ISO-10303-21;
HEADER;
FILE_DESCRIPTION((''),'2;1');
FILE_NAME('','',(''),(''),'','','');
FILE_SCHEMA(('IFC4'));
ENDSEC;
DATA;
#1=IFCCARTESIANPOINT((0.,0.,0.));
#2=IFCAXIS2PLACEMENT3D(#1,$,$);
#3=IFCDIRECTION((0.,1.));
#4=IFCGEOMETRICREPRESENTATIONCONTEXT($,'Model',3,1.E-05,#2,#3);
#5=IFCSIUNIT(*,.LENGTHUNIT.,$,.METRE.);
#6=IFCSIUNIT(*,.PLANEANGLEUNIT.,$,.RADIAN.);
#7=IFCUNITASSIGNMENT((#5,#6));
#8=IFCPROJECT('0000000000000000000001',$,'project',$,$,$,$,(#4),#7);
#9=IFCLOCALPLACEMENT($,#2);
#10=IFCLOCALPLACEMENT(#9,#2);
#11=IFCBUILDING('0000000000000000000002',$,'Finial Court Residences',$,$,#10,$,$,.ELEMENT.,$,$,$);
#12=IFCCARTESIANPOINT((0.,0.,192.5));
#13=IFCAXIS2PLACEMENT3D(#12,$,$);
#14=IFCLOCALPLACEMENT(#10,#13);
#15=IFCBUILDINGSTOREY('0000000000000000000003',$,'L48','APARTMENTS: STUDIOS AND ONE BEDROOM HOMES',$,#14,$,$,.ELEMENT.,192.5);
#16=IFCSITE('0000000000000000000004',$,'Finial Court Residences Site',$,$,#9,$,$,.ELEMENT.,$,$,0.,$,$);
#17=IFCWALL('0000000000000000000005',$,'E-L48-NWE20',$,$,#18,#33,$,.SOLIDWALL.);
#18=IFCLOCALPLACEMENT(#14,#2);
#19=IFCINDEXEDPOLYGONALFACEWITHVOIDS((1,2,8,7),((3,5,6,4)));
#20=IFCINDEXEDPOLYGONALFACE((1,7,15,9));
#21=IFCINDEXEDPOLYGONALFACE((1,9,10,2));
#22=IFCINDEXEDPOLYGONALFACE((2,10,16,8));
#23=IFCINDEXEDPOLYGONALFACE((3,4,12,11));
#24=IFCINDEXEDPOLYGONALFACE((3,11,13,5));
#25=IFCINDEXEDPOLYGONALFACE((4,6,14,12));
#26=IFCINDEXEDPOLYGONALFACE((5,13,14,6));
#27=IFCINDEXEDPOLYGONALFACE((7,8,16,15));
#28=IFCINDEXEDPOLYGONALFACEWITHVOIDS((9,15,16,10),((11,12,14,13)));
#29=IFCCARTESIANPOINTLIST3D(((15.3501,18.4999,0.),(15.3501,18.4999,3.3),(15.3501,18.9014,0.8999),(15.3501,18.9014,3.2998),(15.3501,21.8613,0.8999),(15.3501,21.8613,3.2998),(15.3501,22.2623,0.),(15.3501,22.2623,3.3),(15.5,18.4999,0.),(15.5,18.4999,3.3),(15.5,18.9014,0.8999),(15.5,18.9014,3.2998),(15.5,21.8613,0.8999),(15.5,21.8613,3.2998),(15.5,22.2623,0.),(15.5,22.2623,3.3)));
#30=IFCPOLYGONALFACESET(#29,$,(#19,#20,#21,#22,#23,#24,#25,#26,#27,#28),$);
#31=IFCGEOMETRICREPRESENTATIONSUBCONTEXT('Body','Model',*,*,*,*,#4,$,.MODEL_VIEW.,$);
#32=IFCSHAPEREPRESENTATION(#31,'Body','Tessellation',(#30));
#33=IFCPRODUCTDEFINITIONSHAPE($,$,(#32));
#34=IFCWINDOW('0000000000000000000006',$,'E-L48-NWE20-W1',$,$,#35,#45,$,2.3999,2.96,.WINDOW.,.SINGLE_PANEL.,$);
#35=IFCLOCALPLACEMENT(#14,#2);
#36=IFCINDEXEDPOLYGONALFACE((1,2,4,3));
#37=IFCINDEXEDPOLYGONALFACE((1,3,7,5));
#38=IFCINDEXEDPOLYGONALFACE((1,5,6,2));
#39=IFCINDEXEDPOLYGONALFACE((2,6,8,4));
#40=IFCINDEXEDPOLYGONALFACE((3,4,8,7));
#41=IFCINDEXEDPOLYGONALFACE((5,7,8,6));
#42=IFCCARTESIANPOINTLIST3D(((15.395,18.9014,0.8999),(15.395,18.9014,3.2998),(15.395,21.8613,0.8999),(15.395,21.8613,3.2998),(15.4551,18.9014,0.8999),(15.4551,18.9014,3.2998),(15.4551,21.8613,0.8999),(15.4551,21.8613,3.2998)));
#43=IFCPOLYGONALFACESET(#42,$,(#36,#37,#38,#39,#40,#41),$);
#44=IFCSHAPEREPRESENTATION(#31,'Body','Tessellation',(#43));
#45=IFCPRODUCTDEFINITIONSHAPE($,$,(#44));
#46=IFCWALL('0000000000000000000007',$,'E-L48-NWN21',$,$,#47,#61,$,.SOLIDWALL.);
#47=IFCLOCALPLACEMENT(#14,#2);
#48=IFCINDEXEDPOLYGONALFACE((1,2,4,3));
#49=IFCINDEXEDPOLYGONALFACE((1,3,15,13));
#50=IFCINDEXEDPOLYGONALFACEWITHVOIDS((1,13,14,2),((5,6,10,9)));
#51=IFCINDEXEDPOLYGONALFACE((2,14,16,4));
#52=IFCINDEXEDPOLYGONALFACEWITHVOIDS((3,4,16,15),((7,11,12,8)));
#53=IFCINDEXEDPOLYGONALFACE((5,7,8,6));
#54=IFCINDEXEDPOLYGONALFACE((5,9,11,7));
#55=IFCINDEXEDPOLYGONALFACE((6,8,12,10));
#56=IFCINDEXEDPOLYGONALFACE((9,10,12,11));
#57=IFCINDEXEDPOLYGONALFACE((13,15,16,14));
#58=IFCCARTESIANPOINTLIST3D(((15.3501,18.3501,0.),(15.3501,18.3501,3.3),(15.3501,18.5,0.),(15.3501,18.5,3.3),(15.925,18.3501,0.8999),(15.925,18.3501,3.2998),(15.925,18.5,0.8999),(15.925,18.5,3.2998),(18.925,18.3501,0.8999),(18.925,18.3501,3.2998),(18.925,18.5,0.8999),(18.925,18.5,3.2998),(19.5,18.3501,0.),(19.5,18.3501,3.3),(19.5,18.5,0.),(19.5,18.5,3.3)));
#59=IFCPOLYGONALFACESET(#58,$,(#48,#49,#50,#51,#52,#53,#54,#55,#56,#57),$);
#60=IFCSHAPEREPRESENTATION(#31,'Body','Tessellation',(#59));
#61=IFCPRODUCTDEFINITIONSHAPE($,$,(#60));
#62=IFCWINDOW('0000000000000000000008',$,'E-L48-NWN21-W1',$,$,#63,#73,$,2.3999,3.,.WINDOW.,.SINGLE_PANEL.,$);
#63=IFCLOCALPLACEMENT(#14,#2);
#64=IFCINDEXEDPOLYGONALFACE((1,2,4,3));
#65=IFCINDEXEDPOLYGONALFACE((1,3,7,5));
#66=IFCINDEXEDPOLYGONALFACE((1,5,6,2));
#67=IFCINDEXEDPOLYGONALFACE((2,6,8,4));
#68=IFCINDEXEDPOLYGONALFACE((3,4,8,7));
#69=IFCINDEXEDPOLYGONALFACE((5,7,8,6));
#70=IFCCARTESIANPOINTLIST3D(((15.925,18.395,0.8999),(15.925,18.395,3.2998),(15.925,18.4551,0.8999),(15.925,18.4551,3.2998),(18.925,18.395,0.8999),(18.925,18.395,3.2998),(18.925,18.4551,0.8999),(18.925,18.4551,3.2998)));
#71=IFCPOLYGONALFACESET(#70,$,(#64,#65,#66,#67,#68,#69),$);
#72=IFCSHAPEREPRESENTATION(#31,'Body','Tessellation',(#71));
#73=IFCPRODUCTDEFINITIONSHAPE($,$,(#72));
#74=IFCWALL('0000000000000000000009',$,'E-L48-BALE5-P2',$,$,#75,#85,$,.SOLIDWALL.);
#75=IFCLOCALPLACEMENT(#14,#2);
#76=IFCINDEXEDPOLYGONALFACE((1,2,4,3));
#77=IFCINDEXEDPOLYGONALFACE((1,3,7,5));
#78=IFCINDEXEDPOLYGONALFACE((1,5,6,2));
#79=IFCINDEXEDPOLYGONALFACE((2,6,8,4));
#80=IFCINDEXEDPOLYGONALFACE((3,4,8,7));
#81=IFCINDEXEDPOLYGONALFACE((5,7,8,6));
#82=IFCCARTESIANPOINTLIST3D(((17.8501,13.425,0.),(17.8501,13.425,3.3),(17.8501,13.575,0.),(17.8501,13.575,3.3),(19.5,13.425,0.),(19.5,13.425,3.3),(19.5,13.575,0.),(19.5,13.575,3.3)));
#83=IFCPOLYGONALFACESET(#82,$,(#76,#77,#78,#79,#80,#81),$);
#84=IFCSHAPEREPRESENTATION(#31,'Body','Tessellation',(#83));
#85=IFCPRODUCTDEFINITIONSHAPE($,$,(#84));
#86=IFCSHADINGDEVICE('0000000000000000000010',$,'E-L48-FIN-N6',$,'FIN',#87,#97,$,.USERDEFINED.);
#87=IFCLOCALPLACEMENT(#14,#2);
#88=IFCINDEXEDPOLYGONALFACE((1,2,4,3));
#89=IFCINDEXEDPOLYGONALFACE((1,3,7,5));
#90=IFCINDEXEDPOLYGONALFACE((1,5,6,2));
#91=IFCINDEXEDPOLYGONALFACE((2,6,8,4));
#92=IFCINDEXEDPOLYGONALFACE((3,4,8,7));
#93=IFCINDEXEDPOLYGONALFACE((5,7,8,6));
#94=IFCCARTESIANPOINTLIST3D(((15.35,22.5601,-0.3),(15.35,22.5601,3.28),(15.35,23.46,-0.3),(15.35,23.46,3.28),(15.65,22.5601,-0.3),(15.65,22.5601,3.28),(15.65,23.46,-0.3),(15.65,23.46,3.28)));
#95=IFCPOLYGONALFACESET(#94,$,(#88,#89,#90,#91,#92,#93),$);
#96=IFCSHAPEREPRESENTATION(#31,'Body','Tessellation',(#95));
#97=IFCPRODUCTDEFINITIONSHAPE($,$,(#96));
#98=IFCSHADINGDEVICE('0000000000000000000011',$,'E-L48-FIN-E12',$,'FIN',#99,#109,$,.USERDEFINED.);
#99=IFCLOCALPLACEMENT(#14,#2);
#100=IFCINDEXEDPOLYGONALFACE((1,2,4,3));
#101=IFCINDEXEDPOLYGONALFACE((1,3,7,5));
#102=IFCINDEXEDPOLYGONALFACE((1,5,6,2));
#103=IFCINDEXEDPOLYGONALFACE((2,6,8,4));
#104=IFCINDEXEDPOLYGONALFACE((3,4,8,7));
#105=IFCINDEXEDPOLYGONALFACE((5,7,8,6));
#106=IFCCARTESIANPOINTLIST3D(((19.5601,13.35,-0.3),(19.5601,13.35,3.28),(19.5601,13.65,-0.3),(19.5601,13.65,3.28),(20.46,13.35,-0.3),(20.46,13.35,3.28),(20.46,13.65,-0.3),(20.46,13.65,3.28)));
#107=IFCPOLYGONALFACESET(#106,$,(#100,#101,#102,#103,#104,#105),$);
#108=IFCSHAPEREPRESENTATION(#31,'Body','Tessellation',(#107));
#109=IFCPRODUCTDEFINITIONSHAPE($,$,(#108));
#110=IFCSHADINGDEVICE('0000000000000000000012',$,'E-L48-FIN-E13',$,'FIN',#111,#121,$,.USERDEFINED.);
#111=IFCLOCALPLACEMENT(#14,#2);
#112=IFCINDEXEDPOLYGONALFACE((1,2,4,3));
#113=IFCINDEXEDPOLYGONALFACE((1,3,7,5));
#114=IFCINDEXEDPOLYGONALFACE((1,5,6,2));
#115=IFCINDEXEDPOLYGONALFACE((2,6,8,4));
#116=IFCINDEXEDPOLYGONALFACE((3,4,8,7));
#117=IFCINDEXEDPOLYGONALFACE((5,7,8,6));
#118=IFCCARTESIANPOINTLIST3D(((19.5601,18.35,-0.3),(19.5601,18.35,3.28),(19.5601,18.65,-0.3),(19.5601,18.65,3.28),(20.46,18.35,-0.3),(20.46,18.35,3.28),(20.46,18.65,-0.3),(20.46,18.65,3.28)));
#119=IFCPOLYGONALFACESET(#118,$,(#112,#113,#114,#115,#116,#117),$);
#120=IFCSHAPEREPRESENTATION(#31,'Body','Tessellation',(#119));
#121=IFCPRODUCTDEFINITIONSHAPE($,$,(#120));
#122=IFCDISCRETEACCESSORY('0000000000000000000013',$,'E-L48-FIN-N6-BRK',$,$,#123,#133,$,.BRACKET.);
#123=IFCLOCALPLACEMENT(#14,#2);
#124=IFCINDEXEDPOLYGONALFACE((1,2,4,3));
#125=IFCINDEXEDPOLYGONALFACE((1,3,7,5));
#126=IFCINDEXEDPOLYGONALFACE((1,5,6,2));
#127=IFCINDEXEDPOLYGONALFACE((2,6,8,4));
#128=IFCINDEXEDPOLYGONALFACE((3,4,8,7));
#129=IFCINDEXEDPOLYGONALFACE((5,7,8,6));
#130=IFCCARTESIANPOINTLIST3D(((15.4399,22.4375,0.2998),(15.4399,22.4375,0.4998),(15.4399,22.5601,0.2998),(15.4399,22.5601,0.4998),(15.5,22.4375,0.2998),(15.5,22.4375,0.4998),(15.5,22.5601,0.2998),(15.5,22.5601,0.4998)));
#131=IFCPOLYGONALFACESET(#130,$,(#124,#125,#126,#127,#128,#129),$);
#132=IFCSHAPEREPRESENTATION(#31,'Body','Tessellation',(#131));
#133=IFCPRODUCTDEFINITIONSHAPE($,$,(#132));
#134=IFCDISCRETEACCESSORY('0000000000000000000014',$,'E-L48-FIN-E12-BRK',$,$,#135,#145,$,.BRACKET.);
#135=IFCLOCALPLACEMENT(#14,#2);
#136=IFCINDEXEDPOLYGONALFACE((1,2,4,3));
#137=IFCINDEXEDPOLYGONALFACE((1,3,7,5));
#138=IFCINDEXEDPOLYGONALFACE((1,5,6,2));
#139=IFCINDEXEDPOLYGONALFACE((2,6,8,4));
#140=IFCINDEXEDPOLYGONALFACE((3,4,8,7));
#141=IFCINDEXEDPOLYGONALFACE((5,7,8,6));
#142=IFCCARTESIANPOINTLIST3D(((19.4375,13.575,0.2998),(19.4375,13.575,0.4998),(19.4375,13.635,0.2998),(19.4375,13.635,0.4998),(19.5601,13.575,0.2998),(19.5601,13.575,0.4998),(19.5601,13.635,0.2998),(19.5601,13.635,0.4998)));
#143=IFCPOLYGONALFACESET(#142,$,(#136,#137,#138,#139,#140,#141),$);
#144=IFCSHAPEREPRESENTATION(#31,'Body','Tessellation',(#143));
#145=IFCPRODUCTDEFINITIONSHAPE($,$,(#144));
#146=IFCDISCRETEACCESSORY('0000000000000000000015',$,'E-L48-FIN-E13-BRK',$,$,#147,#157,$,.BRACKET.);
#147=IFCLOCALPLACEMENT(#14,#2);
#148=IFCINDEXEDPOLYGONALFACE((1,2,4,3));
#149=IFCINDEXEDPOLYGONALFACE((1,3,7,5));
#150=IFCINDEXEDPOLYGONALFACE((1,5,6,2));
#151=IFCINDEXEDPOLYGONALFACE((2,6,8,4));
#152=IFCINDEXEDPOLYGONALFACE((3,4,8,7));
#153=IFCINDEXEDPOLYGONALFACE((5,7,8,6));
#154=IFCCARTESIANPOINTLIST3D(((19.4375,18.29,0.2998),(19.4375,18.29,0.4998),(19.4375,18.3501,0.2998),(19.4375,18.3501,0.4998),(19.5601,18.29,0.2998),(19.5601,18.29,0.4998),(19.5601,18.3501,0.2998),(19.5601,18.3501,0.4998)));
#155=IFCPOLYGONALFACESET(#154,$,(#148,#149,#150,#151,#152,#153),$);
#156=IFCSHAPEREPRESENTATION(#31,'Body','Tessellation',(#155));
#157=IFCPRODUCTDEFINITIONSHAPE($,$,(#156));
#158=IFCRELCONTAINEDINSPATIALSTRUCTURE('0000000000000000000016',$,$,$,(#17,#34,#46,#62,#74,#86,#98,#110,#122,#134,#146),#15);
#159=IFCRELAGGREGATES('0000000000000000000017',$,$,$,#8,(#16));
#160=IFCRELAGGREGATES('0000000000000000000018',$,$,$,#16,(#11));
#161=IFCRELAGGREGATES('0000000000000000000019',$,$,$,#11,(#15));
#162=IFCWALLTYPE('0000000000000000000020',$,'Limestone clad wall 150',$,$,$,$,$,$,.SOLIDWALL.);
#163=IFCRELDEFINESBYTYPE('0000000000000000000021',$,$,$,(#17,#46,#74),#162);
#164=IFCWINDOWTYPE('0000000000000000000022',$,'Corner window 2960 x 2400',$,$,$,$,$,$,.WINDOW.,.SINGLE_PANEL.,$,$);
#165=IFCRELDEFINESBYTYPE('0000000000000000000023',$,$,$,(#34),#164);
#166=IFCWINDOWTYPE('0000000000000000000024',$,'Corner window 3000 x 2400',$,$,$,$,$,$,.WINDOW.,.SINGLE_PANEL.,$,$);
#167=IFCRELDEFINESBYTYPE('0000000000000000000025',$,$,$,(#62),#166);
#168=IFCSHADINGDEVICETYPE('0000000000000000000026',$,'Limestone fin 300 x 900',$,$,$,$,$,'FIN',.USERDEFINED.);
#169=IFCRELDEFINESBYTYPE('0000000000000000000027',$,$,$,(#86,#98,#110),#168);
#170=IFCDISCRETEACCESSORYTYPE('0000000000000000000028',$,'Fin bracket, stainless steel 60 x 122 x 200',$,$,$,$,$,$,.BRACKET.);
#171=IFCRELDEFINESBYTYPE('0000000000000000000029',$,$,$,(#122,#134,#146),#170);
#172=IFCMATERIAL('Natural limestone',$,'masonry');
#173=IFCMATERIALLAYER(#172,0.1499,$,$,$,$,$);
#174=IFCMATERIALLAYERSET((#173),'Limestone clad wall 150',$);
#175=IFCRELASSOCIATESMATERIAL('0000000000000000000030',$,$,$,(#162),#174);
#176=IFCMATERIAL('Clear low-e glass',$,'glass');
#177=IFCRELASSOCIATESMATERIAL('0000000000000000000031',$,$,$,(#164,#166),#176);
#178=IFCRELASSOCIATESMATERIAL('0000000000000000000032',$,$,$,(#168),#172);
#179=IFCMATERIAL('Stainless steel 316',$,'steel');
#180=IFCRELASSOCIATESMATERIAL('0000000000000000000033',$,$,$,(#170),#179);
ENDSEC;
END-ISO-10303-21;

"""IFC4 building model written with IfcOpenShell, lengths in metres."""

from ifc_helpers import new_model, si_unit, direction, frame, frame_2d, origin, origin_2d, place, context, subcontext, project, spatial, rectangle, extrude, material, layer, layer_set, type_object, element, fill, save


model = new_model("IFC4")

# Units and contexts
model_context = context("Model", 3, precision=1e-05, world=origin(), true_north=direction((0.0, 1.0)))
body_context = subcontext(model_context, "Body", "Model", "MODEL_VIEW")
ifc_project = project(units=[si_unit("LENGTHUNIT", "METRE"), si_unit("PLANEANGLEUNIT", "RADIAN")], contexts=[model_context])

# Site, building, storey
site_placement = place(None, origin())
site = spatial("IfcSite", under=ifc_project, at=site_placement, Name="Finial Court Residences Site", CompositionType="ELEMENT", RefElevation=0.0)
building_placement = place(site_placement, origin())
building = spatial("IfcBuilding", under=site, at=building_placement, Name="Finial Court Residences", CompositionType="ELEMENT")
storey_placement = place(building_placement, frame((0.0, 0.0, 192.5)))
storey = spatial("IfcBuildingStorey", under=building, at=storey_placement, Name="L48", Description="APARTMENTS: STUDIOS AND ONE BEDROOM HOMES", CompositionType="ELEMENT", Elevation=192.5)

# Shared definitions
ifc_material_1 = material(Name="Clear low-e glass", Category="glass")

# Walls, openings, windows
ifc_material_2 = material(Name="Natural limestone", Category="masonry")
ifc_layer_1 = layer(ifc_material_2, 0.1499)
ifc_layer_set_1 = layer_set([ifc_layer_1], Name="Limestone clad wall 150")
wall_type_1 = type_object("IfcWallType", Name="Limestone clad wall 150", PredefinedType="SOLIDWALL", material=ifc_layer_set_1)
wall_1_placement = place(storey_placement, frame((15.425, 22.2625, 0.0), z_axis=(0.0, 0.0, 1.0), x_axis=(0.0, -1.0, 0.0)))
wall_1 = element("IfcWall", 1, at=wall_1_placement, inside=storey, type_object=wall_type_1, Name="E-L48-NWE20", PredefinedType="SOLIDWALL", context=body_context, shape_type="SweptSolid", body=[
    extrude(rectangle(XDim=3.7625, YDim=0.1499, at=frame_2d((1.8813, 0.0))), origin(), (0.0, 0.0, 1.0), 3.3),
])
opening_1_placement = place(wall_1_placement, frame((0.4011, 0.0, 0.8999)))
opening_1 = element("IfcOpeningElement", 2, at=opening_1_placement, cuts=wall_1, PredefinedType="OPENING", context=body_context, shape_type="SweptSolid", body=[
    extrude(rectangle(XDim=2.96, YDim=2.3999, at=frame_2d((1.48, 1.2))), frame((0.0, 0.085, 0.0), z_axis=(0.0, -1.0, 0.0), x_axis=(1.0, 0.0, 0.0)), (0.0, 0.0, 1.0), 0.1699),
])
window_type_1 = type_object("IfcWindowType", Name="Corner window 2960 x 2400", PartitioningType="SINGLE_PANEL", PredefinedType="WINDOW", material=ifc_material_1)
window_1_placement = place(opening_1_placement, origin())
window_1 = element("IfcWindow", 3, at=window_1_placement, inside=storey, type_object=window_type_1, Name="E-L48-NWE20-W1", OverallHeight=2.3999, OverallWidth=2.96, PartitioningType="SINGLE_PANEL", PredefinedType="WINDOW", context=body_context, shape_type="SweptSolid", body=[
    extrude(rectangle(XDim=2.96, YDim=2.3999, at=frame_2d((1.48, 1.2))), frame((0.0, 0.03, 0.0), z_axis=(0.0, -1.0, 0.0), x_axis=(1.0, 0.0, 0.0)), (0.0, 0.0, 1.0), 0.0601),
])
fill(opening_1, window_1)
wall_2_placement = place(storey_placement, frame((15.3501, 18.425, 0.0), z_axis=(0.0, 0.0, 1.0), x_axis=(1.0, 0.0, 0.0)))
wall_2 = element("IfcWall", 4, at=wall_2_placement, inside=storey, type_object=wall_type_1, Name="E-L48-NWN21", PredefinedType="SOLIDWALL", context=body_context, shape_type="SweptSolid", body=[
    extrude(rectangle(XDim=4.1499, YDim=0.1499, at=frame_2d((2.075, 0.0))), origin(), (0.0, 0.0, 1.0), 3.3),
])
opening_2_placement = place(wall_2_placement, frame((0.575, 0.0, 0.8999)))
opening_2 = element("IfcOpeningElement", 5, at=opening_2_placement, cuts=wall_2, PredefinedType="OPENING", context=body_context, shape_type="SweptSolid", body=[
    extrude(rectangle(XDim=3.0, YDim=2.3999, at=frame_2d((1.5, 1.2))), frame((0.0, 0.085, 0.0), z_axis=(0.0, -1.0, 0.0), x_axis=(1.0, 0.0, 0.0)), (0.0, 0.0, 1.0), 0.1699),
])
window_type_2 = type_object("IfcWindowType", Name="Corner window 3000 x 2400", PartitioningType="SINGLE_PANEL", PredefinedType="WINDOW", material=ifc_material_1)
window_2_placement = place(opening_2_placement, origin())
window_2 = element("IfcWindow", 6, at=window_2_placement, inside=storey, type_object=window_type_2, Name="E-L48-NWN21-W1", OverallHeight=2.3999, OverallWidth=3.0, PartitioningType="SINGLE_PANEL", PredefinedType="WINDOW", context=body_context, shape_type="SweptSolid", body=[
    extrude(rectangle(XDim=3.0, YDim=2.3999, at=frame_2d((1.5, 1.2))), frame((0.0, 0.03, 0.0), z_axis=(0.0, -1.0, 0.0), x_axis=(1.0, 0.0, 0.0)), (0.0, 0.0, 1.0), 0.0601),
])
fill(opening_2, window_2)

# Wall
wall_3_placement = place(storey_placement, frame((17.8501, 13.5, 0.0), z_axis=(0.0, 0.0, 1.0), x_axis=(1.0, 0.0, 0.0)))
element("IfcWall", 7, at=wall_3_placement, inside=storey, type_object=wall_type_1, Name="E-L48-BALE5-P2", PredefinedType="SOLIDWALL", context=body_context, shape_type="SweptSolid", body=[
    extrude(rectangle(XDim=1.6499, YDim=0.1499, at=frame_2d((0.825, 0.0))), origin(), (0.0, 0.0, 1.0), 3.3),
])

# Shading devices
shading_device_type = type_object("IfcShadingDeviceType", Name="Limestone fin 300 x 900", ElementType="FIN", PredefinedType="USERDEFINED", material=ifc_material_2)
shading_device_placement = place(storey_placement, frame((15.5, 23.01, -0.3), z_axis=(0.0, 0.0, 1.0), x_axis=(1.0, 0.0, 0.0)))
element("IfcShadingDevice", 8, at=shading_device_placement, inside=storey, type_object=shading_device_type, Name="E-L48-FIN-N6", ObjectType="FIN", PredefinedType="USERDEFINED", context=body_context, shape_type="SweptSolid", body=[
    extrude(rectangle(XDim=0.3, YDim=0.8999, at=origin_2d()), origin(), (0.0, 0.0, 1.0), 3.5801),
])
for number, where, z_axis, x_axis, name in (
    (9, (20.01, 13.5, -0.3), (0.0, 0.0, 1.0), (1.0, 0.0, 0.0), "E-L48-FIN-E12"),
    (10, (20.01, 18.5, -0.3), (0.0, 0.0, 1.0), (1.0, 0.0, 0.0), "E-L48-FIN-E13"),
):
    element("IfcShadingDevice", number, at=place(storey_placement, frame(where, z_axis=z_axis, x_axis=x_axis)), inside=storey, type_object=shading_device_type, Name=name, ObjectType="FIN", PredefinedType="USERDEFINED", context=body_context, shape_type="SweptSolid", body=[
        extrude(rectangle(XDim=0.8999, YDim=0.3, at=origin_2d()), origin(), (0.0, 0.0, 1.0), 3.5801),
    ])

# Discrete accessories
ifc_material_3 = material(Name="Stainless steel 316", Category="steel")
discrete_accessory_type = type_object("IfcDiscreteAccessoryType", Name="Fin bracket, stainless steel 60 x 122 x 200", PredefinedType="BRACKET", material=ifc_material_3)
discrete_accessory_placement = place(storey_placement, frame((15.47, 22.4988, 0.2998), z_axis=(0.0, 0.0, 1.0), x_axis=(1.0, 0.0, 0.0)))
element("IfcDiscreteAccessory", 11, at=discrete_accessory_placement, inside=storey, type_object=discrete_accessory_type, Name="E-L48-FIN-N6-BRK", PredefinedType="BRACKET", context=body_context, shape_type="SweptSolid", body=[
    extrude(rectangle(XDim=0.0601, YDim=0.1226, at=origin_2d()), origin(), (0.0, 0.0, 1.0), 0.2),
])
for number, where, z_axis, x_axis, name in (
    (12, (19.4988, 13.605, 0.2998), (0.0, 0.0, 1.0), (1.0, 0.0, 0.0), "E-L48-FIN-E12-BRK"),
    (13, (19.4988, 18.3201, 0.2998), (0.0, 0.0, 1.0), (1.0, 0.0, 0.0), "E-L48-FIN-E13-BRK"),
):
    element("IfcDiscreteAccessory", number, at=place(storey_placement, frame(where, z_axis=z_axis, x_axis=x_axis)), inside=storey, type_object=discrete_accessory_type, Name=name, PredefinedType="BRACKET", context=body_context, shape_type="SweptSolid", body=[
        extrude(rectangle(XDim=0.1226, YDim=0.0601, at=origin_2d()), origin(), (0.0, 0.0, 1.0), 0.2),
    ])

save(model, "model.ifc")
